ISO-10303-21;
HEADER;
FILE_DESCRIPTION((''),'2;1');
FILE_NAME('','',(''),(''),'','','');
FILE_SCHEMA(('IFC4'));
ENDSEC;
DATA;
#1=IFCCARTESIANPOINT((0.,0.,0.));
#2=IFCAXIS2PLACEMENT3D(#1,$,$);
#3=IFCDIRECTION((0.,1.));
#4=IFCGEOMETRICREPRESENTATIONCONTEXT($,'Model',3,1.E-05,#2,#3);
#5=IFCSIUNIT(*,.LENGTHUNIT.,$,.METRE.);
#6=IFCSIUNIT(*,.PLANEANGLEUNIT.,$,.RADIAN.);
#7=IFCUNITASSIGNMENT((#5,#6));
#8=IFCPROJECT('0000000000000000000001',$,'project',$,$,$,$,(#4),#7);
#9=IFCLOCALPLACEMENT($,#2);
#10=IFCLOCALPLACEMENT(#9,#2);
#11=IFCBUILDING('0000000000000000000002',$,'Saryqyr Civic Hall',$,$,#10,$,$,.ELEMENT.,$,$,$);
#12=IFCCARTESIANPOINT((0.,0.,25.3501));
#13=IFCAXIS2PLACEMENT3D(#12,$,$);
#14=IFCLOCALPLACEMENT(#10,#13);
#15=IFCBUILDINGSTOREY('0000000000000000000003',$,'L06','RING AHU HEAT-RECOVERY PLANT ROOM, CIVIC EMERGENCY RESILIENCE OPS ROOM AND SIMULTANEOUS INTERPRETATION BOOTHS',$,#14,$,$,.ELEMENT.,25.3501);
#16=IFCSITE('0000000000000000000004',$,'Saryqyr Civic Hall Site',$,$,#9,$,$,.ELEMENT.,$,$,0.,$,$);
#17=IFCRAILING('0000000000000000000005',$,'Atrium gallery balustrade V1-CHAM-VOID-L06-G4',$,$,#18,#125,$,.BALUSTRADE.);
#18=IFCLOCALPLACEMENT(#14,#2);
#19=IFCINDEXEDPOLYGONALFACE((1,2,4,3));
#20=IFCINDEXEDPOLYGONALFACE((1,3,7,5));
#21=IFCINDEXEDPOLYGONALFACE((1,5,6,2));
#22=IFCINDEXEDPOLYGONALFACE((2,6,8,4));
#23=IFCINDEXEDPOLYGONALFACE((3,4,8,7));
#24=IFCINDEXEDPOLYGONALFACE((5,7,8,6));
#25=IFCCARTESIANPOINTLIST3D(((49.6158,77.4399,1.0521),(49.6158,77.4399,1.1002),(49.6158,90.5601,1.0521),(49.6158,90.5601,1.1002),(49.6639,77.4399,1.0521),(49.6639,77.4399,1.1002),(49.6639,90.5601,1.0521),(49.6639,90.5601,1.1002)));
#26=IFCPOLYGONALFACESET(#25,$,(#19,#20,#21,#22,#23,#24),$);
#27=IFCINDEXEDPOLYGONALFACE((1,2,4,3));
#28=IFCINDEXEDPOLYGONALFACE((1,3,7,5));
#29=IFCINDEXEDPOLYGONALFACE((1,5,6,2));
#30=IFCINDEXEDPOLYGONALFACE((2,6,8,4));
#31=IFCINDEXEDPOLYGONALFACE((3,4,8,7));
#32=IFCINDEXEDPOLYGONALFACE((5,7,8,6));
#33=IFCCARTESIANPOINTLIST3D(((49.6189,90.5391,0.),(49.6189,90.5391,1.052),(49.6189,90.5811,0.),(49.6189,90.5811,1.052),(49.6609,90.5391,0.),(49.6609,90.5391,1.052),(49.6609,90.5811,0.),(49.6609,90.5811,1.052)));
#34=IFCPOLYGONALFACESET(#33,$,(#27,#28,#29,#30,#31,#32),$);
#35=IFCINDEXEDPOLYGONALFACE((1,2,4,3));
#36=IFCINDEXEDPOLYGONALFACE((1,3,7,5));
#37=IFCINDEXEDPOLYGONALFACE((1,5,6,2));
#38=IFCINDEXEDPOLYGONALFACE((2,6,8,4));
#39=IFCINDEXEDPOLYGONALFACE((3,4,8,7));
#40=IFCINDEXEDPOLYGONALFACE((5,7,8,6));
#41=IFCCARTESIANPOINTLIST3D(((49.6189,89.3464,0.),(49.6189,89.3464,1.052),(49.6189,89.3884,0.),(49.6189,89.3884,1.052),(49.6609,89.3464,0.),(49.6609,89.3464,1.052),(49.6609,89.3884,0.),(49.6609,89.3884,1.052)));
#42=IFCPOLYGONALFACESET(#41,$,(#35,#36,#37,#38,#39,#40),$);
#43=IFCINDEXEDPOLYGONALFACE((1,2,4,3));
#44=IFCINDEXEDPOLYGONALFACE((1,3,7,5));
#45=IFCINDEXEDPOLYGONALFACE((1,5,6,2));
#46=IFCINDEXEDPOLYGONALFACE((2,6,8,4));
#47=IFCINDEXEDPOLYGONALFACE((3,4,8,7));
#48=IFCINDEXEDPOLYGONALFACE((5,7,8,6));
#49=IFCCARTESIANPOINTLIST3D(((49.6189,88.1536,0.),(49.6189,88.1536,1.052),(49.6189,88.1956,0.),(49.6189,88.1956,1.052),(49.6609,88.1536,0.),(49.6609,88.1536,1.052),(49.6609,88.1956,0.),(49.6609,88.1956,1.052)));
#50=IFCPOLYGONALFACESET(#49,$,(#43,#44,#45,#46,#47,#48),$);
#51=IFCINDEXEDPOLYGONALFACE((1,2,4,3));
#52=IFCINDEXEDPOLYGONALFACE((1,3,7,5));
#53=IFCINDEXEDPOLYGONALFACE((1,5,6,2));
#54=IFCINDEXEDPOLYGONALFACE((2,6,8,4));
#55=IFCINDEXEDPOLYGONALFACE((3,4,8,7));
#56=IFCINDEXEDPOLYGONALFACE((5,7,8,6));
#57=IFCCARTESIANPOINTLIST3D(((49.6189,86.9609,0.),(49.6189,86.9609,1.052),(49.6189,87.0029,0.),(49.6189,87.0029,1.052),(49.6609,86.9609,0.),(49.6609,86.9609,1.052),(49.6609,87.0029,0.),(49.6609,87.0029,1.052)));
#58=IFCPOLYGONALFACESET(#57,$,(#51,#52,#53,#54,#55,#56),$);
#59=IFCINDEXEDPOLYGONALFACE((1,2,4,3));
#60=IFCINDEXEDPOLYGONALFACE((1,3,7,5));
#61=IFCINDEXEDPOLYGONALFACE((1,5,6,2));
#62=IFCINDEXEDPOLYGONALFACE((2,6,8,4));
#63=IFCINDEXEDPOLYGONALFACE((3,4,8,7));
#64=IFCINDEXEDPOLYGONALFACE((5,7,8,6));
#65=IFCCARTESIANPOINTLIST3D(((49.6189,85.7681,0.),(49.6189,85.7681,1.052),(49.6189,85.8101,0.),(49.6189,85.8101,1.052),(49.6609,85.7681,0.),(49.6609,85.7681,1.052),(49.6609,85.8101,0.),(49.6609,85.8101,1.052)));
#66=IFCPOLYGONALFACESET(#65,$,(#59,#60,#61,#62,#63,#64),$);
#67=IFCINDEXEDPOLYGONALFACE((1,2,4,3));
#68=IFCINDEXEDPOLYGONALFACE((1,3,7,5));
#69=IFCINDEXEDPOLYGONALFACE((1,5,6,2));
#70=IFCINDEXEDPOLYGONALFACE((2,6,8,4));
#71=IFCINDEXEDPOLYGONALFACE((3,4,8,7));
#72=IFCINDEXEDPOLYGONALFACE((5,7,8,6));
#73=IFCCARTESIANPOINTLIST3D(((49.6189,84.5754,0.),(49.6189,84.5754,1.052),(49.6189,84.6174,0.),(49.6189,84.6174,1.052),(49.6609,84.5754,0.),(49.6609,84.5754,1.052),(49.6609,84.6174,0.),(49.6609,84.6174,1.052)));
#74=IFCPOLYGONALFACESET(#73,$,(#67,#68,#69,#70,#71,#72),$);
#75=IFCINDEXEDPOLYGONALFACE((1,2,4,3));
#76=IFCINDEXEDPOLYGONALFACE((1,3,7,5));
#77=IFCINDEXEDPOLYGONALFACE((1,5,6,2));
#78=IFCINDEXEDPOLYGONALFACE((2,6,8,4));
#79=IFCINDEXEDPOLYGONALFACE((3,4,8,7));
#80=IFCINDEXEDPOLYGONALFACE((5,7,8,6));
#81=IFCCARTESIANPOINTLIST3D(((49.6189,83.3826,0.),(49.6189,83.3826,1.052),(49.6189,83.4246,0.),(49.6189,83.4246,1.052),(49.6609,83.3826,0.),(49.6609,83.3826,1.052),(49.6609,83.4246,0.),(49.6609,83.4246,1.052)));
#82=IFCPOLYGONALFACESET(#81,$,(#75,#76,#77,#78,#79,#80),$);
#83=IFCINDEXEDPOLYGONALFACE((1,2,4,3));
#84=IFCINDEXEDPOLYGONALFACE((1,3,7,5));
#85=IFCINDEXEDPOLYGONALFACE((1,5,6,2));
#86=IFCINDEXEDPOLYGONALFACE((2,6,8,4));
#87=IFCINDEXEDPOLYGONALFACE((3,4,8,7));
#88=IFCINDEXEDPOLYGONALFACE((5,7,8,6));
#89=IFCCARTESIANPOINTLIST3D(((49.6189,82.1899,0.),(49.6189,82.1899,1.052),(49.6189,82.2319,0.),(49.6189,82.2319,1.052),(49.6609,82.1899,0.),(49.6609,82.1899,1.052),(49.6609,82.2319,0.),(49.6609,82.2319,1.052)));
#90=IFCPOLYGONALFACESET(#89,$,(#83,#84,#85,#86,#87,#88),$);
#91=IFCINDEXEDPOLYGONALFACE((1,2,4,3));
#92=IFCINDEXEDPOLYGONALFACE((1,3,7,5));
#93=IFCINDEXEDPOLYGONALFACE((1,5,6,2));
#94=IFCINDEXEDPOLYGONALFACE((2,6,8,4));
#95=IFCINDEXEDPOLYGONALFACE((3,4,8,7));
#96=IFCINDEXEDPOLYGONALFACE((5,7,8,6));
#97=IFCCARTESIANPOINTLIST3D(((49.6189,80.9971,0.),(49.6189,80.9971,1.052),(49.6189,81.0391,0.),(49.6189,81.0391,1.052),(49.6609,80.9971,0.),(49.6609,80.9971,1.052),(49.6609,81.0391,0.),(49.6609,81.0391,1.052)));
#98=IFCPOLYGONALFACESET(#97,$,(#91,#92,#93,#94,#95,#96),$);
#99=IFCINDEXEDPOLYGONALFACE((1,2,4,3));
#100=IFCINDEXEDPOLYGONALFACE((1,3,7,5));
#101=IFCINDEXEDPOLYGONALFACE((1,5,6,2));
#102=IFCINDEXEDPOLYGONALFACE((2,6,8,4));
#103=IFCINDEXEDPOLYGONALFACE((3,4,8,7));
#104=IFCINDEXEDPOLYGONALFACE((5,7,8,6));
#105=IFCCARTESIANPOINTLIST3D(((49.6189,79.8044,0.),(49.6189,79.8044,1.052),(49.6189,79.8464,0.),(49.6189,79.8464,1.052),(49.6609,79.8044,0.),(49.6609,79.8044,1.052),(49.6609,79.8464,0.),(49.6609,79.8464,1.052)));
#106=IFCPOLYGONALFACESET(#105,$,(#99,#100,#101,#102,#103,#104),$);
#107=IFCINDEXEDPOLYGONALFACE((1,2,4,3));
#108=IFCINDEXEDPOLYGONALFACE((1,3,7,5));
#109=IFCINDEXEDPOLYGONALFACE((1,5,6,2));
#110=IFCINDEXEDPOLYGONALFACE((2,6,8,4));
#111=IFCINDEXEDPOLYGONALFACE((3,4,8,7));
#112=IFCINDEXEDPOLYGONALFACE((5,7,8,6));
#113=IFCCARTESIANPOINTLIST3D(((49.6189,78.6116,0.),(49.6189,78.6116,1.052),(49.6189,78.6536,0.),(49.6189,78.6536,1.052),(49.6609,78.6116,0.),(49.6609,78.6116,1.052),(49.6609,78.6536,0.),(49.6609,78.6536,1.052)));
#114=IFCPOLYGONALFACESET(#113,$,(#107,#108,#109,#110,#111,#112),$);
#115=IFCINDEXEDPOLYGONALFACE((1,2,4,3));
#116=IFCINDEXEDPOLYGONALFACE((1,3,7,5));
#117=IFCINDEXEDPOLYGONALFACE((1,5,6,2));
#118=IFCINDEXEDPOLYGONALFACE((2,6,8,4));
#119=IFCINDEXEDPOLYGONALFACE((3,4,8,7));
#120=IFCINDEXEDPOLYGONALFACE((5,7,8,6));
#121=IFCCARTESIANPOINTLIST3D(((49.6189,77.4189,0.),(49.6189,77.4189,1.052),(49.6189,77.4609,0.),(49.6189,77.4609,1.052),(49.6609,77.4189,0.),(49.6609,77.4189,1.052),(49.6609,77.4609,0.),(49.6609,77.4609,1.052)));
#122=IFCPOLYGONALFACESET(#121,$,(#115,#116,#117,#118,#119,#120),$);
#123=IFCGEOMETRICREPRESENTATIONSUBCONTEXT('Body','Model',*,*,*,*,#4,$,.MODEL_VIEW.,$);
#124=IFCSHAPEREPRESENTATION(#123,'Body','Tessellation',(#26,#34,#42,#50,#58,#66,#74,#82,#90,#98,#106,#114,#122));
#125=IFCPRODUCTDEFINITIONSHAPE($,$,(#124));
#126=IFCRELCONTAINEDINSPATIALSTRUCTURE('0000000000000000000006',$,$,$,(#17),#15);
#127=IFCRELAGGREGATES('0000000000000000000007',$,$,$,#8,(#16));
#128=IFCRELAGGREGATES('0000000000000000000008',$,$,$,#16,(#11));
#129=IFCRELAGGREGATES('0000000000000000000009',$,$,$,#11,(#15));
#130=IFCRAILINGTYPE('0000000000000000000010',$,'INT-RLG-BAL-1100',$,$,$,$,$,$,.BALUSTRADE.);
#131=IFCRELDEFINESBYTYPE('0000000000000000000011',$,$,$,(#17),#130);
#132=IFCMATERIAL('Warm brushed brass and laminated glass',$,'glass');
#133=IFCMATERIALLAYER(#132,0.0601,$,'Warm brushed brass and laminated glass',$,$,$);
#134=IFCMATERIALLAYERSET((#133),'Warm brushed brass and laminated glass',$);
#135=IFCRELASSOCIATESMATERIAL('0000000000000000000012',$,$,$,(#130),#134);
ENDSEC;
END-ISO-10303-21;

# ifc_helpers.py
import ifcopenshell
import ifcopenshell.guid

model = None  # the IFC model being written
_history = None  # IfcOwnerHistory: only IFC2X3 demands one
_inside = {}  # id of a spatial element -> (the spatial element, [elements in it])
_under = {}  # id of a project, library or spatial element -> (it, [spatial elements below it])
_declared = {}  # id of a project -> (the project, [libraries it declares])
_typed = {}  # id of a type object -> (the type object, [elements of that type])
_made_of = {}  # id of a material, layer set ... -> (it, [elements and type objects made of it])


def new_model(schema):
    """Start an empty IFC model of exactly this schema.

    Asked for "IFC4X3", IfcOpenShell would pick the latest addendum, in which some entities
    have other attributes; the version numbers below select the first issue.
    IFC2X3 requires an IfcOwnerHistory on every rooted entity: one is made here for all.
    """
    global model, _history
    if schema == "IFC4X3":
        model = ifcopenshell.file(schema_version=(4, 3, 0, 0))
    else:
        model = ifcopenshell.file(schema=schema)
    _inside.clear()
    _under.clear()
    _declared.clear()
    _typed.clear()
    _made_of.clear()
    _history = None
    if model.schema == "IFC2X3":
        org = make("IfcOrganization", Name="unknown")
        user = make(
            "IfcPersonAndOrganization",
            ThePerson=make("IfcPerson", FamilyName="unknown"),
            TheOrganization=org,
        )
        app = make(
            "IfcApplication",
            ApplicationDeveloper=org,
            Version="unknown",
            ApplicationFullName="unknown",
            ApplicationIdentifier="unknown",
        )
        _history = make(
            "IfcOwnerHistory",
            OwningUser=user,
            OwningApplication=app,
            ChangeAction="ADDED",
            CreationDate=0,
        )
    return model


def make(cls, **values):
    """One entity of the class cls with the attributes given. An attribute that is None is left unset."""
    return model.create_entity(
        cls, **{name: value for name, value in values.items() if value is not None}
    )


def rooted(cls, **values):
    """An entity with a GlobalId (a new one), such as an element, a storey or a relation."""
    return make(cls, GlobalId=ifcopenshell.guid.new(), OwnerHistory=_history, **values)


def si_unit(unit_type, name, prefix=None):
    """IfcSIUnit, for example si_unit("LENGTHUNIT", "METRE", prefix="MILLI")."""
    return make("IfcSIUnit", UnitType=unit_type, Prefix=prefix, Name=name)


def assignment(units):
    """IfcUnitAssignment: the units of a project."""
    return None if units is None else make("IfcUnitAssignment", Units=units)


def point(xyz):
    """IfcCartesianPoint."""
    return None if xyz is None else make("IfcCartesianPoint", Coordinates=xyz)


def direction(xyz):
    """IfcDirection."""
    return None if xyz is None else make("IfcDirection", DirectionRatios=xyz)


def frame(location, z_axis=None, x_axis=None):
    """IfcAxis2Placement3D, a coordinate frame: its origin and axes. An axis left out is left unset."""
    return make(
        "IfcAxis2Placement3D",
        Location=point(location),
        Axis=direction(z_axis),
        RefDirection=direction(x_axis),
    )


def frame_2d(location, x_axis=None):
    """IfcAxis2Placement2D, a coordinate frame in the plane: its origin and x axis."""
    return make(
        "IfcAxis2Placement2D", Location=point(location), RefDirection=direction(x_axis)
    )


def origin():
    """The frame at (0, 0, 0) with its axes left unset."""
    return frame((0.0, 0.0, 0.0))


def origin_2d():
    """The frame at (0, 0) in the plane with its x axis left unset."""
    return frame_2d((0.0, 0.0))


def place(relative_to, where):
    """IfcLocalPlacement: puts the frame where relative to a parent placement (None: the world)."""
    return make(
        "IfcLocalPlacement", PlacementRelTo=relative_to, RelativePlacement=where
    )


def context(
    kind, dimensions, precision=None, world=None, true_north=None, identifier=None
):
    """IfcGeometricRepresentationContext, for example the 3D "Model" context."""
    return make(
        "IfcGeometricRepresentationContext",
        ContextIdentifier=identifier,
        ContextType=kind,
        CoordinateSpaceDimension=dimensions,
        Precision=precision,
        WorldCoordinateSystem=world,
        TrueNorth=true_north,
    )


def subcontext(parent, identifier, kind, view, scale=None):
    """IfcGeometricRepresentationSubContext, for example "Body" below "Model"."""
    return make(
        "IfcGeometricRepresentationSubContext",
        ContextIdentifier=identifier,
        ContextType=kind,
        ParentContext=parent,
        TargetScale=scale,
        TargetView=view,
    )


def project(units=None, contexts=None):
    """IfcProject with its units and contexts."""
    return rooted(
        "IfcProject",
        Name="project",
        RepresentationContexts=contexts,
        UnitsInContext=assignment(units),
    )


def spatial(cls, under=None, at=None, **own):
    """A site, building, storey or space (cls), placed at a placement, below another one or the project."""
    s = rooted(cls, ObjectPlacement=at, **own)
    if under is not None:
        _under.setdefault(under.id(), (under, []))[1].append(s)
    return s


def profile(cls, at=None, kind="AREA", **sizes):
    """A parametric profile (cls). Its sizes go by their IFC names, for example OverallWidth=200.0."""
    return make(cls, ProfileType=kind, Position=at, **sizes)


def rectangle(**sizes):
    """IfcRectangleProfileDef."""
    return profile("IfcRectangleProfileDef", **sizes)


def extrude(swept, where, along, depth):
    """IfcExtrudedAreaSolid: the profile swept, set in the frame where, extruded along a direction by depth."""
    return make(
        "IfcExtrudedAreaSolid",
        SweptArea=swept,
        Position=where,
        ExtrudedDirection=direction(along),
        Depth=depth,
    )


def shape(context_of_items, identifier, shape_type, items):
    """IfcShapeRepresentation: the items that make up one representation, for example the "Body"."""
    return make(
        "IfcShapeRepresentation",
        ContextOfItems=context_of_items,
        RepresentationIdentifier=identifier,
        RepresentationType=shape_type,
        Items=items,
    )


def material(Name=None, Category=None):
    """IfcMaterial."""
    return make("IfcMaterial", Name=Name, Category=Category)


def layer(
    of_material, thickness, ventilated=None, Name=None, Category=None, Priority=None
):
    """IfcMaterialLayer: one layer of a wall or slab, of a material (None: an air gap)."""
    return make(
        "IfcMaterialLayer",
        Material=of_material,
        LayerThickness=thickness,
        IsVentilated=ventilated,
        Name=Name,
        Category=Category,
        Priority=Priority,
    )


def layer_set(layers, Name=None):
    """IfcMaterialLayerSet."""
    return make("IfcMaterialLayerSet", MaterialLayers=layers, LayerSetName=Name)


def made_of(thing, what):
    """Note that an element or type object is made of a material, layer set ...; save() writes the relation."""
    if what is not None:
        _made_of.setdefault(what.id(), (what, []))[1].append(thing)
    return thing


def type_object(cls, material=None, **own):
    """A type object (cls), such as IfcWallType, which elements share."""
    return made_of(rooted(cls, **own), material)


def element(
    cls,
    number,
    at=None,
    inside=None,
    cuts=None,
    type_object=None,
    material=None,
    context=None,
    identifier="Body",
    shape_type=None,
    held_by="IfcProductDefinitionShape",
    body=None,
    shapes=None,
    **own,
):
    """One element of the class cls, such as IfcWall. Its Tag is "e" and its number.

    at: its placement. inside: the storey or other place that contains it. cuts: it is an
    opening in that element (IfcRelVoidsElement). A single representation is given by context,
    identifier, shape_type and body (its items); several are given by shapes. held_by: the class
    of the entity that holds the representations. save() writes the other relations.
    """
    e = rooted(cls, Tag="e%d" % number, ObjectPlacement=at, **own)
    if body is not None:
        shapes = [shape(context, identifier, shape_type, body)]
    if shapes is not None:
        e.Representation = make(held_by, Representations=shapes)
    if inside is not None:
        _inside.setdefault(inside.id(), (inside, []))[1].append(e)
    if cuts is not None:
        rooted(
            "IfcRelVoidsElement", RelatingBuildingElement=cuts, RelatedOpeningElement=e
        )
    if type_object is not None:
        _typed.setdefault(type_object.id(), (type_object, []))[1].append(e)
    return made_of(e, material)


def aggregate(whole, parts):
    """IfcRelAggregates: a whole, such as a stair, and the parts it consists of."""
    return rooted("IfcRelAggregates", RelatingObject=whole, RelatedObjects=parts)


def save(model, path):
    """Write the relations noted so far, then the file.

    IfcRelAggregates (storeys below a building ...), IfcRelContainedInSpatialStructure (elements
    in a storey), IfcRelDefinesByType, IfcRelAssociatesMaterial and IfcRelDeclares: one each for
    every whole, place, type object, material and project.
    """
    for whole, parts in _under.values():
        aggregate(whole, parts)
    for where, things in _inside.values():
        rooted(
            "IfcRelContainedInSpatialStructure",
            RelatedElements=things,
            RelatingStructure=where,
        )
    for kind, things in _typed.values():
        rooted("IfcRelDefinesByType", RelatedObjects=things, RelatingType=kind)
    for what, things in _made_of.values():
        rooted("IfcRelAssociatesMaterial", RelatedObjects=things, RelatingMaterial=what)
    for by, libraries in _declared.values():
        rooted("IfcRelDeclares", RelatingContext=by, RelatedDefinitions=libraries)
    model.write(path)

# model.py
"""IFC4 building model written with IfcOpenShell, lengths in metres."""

from ifc_helpers import new_model, si_unit, direction, frame, origin, origin_2d, place, context, subcontext, project, spatial, rectangle, extrude, material, layer, layer_set, type_object, element, save


model = new_model("IFC4")

# Units and contexts
model_context = context("Model", 3, precision=1e-05, world=origin(), true_north=direction((0.0, 1.0)))
body_context = subcontext(model_context, "Body", "Model", "MODEL_VIEW")
ifc_project = project(units=[si_unit("LENGTHUNIT", "METRE"), si_unit("PLANEANGLEUNIT", "RADIAN")], contexts=[model_context])

# Site, building, storey
site_placement = place(None, origin())
site = spatial("IfcSite", under=ifc_project, at=site_placement, Name="Saryqyr Civic Hall Site", CompositionType="ELEMENT", RefElevation=0.0)
building_placement = place(site_placement, origin())
building = spatial("IfcBuilding", under=site, at=building_placement, Name="Saryqyr Civic Hall", CompositionType="ELEMENT")
storey_placement = place(building_placement, frame((0.0, 0.0, 25.3501)))
storey = spatial("IfcBuildingStorey", under=building, at=storey_placement, Name="L06", Description="RING AHU HEAT-RECOVERY PLANT ROOM, CIVIC EMERGENCY RESILIENCE OPS ROOM AND SIMULTANEOUS INTERPRETATION BOOTHS", CompositionType="ELEMENT", Elevation=25.3501)

# Railing
ifc_material_1 = material(Name="Warm brushed brass and laminated glass", Category="glass")
ifc_layer_1 = layer(ifc_material_1, 0.0601, Name="Warm brushed brass and laminated glass")
ifc_layer_set_1 = layer_set([ifc_layer_1], Name="Warm brushed brass and laminated glass")
railing_type = type_object("IfcRailingType", Name="INT-RLG-BAL-1100", PredefinedType="BALUSTRADE", material=ifc_layer_set_1)
railing_1_placement = place(storey_placement, frame((49.6399, 90.5601, 0.0)))
element("IfcRailing", 1, at=railing_1_placement, inside=storey, type_object=railing_type, Name="Atrium gallery balustrade V1-CHAM-VOID-L06-G4", PredefinedType="BALUSTRADE", context=body_context, shape_type="SweptSolid", body=[
    extrude(rectangle(XDim=0.0481, YDim=0.0481, at=origin_2d()), frame((0.0, 0.0, 1.0762), z_axis=(0.0, -1.0, 0.0), x_axis=(1.0, 0.0, 0.0)), (0.0, 0.0, 1.0), 13.1201),
    extrude(rectangle(XDim=0.042, YDim=0.042, at=origin_2d()), origin(), (0.0, 0.0, 1.0), 1.052),
    extrude(rectangle(XDim=0.042, YDim=0.042, at=origin_2d()), frame((0.0, -1.1926, 0.0)), (0.0, 0.0, 1.0), 1.052),
    extrude(rectangle(XDim=0.042, YDim=0.042, at=origin_2d()), frame((0.0, -2.3855, 0.0)), (0.0, 0.0, 1.0), 1.052),
    extrude(rectangle(XDim=0.042, YDim=0.042, at=origin_2d()), frame((0.0, -3.5781, 0.0)), (0.0, 0.0, 1.0), 1.052),
    extrude(rectangle(XDim=0.042, YDim=0.042, at=origin_2d()), frame((0.0, -4.771, 0.0)), (0.0, 0.0, 1.0), 1.052),
    extrude(rectangle(XDim=0.042, YDim=0.042, at=origin_2d()), frame((0.0, -5.9636, 0.0)), (0.0, 0.0, 1.0), 1.052),
    extrude(rectangle(XDim=0.042, YDim=0.042, at=origin_2d()), frame((0.0, -7.1565, 0.0)), (0.0, 0.0, 1.0), 1.052),
    extrude(rectangle(XDim=0.042, YDim=0.042, at=origin_2d()), frame((0.0, -8.3491, 0.0)), (0.0, 0.0, 1.0), 1.052),
    extrude(rectangle(XDim=0.042, YDim=0.042, at=origin_2d()), frame((0.0, -9.542, 0.0)), (0.0, 0.0, 1.0), 1.052),
    extrude(rectangle(XDim=0.042, YDim=0.042, at=origin_2d()), frame((0.0, -10.7346, 0.0)), (0.0, 0.0, 1.0), 1.052),
    extrude(rectangle(XDim=0.042, YDim=0.042, at=origin_2d()), frame((0.0, -11.9275, 0.0)), (0.0, 0.0, 1.0), 1.052),
    extrude(rectangle(XDim=0.042, YDim=0.042, at=origin_2d()), frame((0.0, -13.1201, 0.0)), (0.0, 0.0, 1.0), 1.052),
])

save(model, "model.ifc")
